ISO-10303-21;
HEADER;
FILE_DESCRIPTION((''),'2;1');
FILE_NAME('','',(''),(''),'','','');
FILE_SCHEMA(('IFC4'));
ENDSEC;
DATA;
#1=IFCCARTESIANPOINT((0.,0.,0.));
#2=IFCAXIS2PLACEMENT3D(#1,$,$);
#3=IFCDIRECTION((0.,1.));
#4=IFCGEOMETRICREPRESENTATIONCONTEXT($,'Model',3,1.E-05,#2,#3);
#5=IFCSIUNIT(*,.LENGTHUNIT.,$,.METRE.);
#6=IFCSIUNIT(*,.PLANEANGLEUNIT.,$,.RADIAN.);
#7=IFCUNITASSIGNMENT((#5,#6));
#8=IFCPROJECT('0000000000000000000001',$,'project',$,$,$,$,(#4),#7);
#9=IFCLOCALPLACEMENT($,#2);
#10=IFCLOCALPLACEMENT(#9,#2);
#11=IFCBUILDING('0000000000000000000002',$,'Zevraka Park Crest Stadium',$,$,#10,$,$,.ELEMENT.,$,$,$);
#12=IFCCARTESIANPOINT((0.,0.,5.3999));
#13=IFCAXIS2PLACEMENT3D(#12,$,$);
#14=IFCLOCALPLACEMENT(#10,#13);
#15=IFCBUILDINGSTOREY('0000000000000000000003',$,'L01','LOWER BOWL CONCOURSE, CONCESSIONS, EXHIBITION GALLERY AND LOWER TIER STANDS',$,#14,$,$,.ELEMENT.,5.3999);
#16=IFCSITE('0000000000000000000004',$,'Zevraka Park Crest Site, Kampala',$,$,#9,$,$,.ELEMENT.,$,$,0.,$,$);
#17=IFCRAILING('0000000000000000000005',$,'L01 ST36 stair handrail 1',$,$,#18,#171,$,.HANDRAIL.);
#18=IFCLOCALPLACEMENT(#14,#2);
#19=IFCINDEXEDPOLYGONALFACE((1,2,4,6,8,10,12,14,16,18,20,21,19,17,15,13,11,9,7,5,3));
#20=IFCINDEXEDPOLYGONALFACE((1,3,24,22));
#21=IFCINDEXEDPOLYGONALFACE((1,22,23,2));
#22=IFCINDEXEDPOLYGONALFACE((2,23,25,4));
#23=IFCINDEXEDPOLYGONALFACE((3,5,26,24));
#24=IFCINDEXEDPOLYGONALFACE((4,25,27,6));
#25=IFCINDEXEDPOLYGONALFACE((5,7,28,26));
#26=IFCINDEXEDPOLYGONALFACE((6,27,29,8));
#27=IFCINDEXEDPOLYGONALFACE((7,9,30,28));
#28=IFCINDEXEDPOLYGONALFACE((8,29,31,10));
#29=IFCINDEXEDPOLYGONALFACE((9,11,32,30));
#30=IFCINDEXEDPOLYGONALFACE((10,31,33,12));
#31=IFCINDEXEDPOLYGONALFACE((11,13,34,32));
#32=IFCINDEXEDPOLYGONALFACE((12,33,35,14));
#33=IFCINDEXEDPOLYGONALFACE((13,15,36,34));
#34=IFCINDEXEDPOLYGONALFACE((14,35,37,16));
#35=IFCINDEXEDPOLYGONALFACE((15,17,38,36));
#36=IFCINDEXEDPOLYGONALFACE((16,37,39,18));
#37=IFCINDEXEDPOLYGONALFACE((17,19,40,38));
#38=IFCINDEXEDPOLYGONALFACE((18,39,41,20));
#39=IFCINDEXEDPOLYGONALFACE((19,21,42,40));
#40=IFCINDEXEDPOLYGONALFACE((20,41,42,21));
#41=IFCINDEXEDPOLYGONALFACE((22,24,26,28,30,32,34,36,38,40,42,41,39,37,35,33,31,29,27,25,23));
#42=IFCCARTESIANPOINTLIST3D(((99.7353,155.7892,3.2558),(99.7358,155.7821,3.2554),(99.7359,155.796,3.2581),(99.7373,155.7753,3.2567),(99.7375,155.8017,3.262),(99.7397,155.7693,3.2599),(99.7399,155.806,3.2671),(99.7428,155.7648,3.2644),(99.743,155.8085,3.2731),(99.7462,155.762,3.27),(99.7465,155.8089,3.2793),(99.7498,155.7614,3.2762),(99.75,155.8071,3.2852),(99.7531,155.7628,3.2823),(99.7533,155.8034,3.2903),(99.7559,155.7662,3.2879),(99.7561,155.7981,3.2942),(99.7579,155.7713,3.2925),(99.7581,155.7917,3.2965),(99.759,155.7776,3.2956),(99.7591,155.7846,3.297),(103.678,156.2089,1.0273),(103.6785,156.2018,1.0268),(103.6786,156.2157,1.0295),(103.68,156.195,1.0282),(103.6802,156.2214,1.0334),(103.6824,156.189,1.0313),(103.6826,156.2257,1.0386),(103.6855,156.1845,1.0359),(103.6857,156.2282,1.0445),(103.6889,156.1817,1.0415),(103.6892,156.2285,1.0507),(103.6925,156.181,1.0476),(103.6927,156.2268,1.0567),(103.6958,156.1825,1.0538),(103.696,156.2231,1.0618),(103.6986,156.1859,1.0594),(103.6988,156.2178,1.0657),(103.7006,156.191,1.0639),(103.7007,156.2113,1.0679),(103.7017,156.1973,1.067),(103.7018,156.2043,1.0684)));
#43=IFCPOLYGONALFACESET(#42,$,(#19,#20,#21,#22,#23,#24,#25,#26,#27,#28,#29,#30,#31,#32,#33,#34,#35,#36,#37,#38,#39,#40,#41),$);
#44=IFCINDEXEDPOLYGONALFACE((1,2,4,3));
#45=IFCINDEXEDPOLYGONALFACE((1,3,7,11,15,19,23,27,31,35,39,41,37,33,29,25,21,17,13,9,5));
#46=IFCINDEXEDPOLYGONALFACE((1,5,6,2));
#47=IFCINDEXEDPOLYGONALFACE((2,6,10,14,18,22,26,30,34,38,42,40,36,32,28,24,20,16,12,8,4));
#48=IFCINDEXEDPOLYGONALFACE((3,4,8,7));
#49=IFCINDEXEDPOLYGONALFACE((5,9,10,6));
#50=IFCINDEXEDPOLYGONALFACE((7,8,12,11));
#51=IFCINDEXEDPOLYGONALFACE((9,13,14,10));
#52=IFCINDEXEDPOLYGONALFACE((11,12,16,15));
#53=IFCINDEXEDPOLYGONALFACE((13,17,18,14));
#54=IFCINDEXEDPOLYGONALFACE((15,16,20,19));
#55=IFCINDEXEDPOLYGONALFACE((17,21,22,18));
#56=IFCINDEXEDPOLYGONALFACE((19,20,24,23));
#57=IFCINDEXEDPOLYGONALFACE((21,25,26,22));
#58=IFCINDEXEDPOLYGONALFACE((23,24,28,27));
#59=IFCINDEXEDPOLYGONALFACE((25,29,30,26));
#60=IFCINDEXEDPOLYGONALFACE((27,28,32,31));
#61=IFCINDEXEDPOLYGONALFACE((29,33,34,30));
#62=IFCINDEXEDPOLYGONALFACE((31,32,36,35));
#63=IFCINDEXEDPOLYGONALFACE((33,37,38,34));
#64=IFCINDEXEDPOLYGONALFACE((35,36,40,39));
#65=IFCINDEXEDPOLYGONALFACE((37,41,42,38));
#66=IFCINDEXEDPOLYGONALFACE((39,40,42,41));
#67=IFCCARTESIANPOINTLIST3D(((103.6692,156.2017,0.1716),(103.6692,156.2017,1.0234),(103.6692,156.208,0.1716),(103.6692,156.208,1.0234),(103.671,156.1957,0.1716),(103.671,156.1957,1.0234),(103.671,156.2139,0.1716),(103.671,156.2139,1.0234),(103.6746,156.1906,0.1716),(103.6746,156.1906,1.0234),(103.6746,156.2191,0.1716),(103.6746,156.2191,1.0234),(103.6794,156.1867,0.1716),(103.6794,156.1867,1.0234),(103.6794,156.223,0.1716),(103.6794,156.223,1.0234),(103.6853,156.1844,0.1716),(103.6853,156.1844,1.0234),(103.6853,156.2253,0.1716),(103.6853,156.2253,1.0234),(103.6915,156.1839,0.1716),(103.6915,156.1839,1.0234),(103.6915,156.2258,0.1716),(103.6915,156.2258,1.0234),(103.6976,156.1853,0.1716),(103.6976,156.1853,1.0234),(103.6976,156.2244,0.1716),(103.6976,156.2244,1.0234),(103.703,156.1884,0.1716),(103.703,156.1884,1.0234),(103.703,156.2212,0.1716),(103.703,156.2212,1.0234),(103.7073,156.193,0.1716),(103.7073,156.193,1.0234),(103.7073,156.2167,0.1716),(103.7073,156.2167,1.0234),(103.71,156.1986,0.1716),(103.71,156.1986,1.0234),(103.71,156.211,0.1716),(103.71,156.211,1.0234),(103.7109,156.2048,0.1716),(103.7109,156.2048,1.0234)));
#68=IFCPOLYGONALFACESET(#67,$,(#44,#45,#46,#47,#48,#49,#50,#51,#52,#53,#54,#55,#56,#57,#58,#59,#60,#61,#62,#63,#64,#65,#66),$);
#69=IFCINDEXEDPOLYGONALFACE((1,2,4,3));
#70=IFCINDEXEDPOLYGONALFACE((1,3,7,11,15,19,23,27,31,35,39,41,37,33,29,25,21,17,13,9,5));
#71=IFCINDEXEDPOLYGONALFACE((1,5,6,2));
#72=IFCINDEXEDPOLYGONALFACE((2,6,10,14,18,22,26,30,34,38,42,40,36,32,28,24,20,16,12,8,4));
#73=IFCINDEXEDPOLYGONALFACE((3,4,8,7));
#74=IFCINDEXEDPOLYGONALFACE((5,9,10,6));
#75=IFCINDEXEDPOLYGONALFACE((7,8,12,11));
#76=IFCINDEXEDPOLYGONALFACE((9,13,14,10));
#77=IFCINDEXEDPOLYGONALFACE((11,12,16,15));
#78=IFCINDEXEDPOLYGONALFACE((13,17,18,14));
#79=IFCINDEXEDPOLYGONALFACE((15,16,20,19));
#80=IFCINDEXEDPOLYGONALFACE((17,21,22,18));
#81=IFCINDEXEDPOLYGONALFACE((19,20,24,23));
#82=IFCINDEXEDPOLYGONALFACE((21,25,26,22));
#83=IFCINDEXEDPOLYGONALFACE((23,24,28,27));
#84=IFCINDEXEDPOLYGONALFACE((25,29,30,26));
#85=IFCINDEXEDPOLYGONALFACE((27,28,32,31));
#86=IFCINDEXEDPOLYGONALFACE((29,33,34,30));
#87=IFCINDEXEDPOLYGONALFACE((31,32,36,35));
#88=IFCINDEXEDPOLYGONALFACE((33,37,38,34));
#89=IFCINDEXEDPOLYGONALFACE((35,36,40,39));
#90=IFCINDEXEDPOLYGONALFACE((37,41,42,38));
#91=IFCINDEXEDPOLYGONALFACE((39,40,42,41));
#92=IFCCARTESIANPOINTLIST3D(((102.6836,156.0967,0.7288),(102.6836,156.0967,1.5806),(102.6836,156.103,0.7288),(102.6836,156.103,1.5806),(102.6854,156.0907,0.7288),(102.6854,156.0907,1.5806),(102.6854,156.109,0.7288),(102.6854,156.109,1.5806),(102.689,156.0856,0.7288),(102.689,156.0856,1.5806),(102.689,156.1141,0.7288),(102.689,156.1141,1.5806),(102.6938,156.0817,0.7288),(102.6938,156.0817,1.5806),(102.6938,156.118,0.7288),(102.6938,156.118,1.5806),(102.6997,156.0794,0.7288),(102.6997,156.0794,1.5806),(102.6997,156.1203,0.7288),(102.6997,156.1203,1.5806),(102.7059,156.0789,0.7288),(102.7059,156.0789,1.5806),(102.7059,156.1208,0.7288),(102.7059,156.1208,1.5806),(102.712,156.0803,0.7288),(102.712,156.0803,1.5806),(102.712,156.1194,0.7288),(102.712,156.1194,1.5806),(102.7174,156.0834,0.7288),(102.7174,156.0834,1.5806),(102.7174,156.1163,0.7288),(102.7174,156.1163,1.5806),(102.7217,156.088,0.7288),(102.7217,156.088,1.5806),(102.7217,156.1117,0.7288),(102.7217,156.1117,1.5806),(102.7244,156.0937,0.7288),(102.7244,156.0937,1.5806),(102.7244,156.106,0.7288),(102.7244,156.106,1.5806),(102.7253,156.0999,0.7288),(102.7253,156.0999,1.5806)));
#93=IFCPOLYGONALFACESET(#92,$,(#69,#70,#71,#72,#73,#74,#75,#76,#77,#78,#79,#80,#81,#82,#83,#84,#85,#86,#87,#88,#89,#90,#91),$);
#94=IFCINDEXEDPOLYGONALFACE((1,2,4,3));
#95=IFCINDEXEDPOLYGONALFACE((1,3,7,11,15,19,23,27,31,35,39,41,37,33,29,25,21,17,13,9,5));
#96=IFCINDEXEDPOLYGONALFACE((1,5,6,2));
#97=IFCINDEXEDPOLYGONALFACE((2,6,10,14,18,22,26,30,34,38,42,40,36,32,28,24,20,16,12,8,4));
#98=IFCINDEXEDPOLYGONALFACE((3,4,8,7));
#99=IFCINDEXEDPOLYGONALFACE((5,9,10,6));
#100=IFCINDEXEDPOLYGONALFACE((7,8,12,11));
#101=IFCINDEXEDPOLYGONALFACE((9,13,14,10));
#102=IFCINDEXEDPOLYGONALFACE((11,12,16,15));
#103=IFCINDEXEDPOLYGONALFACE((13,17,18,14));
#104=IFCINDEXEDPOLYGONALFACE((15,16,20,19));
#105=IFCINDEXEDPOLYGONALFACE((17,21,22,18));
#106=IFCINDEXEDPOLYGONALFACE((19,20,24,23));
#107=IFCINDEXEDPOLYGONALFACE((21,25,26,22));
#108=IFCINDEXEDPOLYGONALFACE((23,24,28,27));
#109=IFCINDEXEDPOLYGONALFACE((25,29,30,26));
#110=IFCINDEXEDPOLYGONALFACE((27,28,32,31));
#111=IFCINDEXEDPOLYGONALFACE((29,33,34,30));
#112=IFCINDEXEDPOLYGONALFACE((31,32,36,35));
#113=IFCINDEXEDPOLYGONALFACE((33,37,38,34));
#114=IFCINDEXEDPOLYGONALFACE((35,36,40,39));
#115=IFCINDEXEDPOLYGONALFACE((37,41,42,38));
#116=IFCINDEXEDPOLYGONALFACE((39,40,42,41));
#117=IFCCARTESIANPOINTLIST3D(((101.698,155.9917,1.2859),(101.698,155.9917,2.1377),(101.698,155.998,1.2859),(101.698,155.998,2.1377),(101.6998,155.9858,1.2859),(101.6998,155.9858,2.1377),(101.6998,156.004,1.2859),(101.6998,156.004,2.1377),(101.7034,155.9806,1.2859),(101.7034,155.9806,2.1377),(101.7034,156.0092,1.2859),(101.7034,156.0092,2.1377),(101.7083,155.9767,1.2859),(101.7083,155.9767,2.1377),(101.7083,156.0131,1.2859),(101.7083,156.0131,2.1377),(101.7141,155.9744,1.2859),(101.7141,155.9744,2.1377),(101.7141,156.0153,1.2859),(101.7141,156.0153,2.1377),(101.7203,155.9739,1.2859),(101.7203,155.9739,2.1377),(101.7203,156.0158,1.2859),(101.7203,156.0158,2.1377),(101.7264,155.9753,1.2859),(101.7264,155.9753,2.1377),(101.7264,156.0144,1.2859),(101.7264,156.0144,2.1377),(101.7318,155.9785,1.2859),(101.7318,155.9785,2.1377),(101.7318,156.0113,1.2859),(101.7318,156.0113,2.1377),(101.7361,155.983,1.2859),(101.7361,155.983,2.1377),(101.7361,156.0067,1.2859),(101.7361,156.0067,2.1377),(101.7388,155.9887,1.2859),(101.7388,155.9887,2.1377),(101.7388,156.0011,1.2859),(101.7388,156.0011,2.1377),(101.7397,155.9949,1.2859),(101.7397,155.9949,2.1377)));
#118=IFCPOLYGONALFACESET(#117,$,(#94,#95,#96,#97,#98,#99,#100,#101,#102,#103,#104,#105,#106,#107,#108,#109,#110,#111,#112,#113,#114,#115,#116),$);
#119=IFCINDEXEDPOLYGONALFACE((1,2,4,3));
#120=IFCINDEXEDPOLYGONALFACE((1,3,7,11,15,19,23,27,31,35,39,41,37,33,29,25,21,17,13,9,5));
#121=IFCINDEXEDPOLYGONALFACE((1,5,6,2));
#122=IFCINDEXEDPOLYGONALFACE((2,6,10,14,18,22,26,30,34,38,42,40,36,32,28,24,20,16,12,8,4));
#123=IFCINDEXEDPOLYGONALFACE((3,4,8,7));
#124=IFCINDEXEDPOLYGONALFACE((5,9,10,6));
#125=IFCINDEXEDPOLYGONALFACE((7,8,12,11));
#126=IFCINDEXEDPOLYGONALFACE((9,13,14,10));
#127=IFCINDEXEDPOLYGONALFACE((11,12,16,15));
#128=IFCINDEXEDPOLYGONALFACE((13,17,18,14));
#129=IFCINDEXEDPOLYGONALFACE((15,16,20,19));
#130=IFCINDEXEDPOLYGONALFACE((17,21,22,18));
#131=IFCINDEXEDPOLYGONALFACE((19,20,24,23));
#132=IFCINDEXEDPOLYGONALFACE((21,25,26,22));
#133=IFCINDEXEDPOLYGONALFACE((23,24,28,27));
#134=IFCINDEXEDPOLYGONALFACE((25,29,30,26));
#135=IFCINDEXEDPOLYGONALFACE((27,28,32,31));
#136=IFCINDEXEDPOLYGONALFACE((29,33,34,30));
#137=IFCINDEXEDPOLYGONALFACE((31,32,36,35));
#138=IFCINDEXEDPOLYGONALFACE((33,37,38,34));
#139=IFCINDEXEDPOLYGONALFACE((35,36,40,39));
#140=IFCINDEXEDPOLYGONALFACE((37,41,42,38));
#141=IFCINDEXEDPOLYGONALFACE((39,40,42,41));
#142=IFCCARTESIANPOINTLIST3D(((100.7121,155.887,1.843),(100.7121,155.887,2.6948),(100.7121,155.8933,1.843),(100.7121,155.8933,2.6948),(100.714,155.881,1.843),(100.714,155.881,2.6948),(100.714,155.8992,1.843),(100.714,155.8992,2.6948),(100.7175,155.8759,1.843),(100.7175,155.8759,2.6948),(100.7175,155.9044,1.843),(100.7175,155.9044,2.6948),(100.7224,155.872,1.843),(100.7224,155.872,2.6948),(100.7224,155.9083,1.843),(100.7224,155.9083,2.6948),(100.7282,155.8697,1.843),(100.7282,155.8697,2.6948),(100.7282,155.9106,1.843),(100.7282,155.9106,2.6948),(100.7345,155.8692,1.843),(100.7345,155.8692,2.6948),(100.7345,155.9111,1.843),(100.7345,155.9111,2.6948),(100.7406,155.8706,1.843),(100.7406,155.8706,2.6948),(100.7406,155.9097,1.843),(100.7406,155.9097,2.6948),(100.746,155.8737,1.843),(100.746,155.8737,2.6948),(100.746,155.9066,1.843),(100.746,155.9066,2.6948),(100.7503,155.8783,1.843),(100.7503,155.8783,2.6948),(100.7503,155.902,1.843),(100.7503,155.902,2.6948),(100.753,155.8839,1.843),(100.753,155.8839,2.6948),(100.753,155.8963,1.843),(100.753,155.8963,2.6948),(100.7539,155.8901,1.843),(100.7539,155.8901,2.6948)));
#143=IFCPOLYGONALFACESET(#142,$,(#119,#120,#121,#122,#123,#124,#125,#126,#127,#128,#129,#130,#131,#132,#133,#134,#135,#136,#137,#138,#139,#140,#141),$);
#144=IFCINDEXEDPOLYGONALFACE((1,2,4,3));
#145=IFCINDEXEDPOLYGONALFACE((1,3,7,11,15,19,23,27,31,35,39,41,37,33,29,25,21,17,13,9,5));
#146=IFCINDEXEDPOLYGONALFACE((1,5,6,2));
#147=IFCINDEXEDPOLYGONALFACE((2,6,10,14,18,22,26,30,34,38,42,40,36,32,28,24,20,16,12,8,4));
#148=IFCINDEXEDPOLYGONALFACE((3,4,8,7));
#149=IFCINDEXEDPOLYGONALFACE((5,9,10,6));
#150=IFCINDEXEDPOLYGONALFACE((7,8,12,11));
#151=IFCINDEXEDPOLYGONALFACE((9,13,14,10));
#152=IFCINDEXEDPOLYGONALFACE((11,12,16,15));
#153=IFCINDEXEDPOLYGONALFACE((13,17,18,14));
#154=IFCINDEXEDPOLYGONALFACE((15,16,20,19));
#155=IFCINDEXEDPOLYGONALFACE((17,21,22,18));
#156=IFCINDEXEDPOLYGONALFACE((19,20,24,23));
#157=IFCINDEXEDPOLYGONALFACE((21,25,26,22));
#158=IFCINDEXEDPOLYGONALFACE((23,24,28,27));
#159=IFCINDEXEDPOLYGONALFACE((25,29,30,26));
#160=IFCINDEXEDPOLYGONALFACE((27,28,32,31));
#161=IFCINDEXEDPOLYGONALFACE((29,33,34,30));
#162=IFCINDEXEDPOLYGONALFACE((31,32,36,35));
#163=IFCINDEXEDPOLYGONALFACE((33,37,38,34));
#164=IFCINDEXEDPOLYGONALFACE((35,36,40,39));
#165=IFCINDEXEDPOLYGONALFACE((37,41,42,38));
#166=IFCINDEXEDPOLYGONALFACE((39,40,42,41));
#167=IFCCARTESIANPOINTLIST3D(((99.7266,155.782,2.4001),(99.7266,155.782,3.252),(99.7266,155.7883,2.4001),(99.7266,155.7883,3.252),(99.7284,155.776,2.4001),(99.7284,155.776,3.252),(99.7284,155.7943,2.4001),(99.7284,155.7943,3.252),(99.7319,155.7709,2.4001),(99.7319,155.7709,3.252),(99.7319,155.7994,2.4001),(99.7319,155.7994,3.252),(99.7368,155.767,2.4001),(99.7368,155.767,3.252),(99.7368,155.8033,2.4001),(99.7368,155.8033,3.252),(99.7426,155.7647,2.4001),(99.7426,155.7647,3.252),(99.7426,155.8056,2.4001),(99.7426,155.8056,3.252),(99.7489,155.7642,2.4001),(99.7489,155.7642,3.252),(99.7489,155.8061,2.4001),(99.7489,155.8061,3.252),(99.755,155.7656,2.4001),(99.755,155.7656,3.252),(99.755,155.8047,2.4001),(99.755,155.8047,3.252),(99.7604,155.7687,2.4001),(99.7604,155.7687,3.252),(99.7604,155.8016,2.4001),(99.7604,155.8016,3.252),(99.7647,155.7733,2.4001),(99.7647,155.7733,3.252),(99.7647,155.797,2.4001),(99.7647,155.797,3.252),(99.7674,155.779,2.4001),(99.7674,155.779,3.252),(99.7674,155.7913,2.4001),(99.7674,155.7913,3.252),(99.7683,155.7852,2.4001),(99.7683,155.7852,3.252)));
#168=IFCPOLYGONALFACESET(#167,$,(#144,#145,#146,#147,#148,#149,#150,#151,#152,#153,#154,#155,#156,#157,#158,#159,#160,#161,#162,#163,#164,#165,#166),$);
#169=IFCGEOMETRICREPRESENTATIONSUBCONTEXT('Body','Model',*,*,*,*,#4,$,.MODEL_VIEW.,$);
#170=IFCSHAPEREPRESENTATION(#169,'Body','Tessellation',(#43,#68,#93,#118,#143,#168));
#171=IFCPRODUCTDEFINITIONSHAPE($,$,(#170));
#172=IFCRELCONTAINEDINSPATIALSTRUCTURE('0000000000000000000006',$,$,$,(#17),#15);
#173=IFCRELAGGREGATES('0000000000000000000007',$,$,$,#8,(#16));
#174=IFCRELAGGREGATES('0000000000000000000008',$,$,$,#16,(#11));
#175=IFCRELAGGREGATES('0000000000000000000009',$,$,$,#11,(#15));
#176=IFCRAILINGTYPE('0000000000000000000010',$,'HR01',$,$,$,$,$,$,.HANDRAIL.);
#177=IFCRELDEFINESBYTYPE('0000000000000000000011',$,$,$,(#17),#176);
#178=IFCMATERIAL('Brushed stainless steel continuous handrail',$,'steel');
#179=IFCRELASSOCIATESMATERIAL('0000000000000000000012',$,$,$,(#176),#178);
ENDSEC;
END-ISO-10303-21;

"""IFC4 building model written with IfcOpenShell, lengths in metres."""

from ifc_helpers import new_model, si_unit, direction, frame, origin, origin_2d, place, context, subcontext, project, spatial, circle, extrude, material, type_object, element, save


model = new_model("IFC4")

# Units and contexts
model_context = context("Model", 3, precision=1e-05, world=origin(), true_north=direction((0.0, 1.0)))
body_context = subcontext(model_context, "Body", "Model", "MODEL_VIEW")
ifc_project = project(units=[si_unit("LENGTHUNIT", "METRE"), si_unit("PLANEANGLEUNIT", "RADIAN")], contexts=[model_context])

# Site, building, storey
site_placement = place(None, origin())
site = spatial("IfcSite", under=ifc_project, at=site_placement, Name="Zevraka Park Crest Site, Kampala", CompositionType="ELEMENT", RefElevation=0.0)
building_placement = place(site_placement, origin())
building = spatial("IfcBuilding", under=site, at=building_placement, Name="Zevraka Park Crest Stadium", CompositionType="ELEMENT")
storey_placement = place(building_placement, frame((0.0, 0.0, 5.3999)))
storey = spatial("IfcBuildingStorey", under=building, at=storey_placement, Name="L01", Description="LOWER BOWL CONCOURSE, CONCESSIONS, EXHIBITION GALLERY AND LOWER TIER STANDS", CompositionType="ELEMENT", Elevation=5.3999)

# Railing
ifc_material_1 = material(Name="Brushed stainless steel continuous handrail", Category="steel")
railing_type_1 = type_object("IfcRailingType", Name="HR01", PredefinedType="HANDRAIL", material=ifc_material_1)
railing_1_placement = place(storey_placement, frame((103.6899, 156.2048, 0.1716)))
element("IfcRailing", 1, at=railing_1_placement, inside=storey, type_object=railing_type_1, Name="L01 ST36 stair handrail 1", PredefinedType="HANDRAIL", context=body_context, shape_type="SweptSolid", body=[
    extrude(circle(Radius=0.0239, at=origin_2d()), frame((0.0, 0.0, 0.876), z_axis=(-0.866842, -0.092272, 0.48997), x_axis=(0.105848, -0.994382, 0.0)), (0.0, 0.0, 1.0), 4.5483),
    extrude(circle(Radius=0.021, at=origin_2d()), origin(), (0.0, 0.0, 1.0), 0.8518),
    extrude(circle(Radius=0.021, at=origin_2d()), frame((-0.9856, -0.105, 0.5571)), (0.0, 0.0, 1.0), 0.8518),
    extrude(circle(Radius=0.021, at=origin_2d()), frame((-1.9712, -0.21, 1.1143)), (0.0, 0.0, 1.0), 0.8518),
    extrude(circle(Radius=0.021, at=origin_2d()), frame((-2.957, -0.3147, 1.6714)), (0.0, 0.0, 1.0), 0.8518),
    extrude(circle(Radius=0.021, at=origin_2d()), frame((-3.9426, -0.4197, 2.2285)), (0.0, 0.0, 1.0), 0.8518),
])

save(model, "model.ifc")
